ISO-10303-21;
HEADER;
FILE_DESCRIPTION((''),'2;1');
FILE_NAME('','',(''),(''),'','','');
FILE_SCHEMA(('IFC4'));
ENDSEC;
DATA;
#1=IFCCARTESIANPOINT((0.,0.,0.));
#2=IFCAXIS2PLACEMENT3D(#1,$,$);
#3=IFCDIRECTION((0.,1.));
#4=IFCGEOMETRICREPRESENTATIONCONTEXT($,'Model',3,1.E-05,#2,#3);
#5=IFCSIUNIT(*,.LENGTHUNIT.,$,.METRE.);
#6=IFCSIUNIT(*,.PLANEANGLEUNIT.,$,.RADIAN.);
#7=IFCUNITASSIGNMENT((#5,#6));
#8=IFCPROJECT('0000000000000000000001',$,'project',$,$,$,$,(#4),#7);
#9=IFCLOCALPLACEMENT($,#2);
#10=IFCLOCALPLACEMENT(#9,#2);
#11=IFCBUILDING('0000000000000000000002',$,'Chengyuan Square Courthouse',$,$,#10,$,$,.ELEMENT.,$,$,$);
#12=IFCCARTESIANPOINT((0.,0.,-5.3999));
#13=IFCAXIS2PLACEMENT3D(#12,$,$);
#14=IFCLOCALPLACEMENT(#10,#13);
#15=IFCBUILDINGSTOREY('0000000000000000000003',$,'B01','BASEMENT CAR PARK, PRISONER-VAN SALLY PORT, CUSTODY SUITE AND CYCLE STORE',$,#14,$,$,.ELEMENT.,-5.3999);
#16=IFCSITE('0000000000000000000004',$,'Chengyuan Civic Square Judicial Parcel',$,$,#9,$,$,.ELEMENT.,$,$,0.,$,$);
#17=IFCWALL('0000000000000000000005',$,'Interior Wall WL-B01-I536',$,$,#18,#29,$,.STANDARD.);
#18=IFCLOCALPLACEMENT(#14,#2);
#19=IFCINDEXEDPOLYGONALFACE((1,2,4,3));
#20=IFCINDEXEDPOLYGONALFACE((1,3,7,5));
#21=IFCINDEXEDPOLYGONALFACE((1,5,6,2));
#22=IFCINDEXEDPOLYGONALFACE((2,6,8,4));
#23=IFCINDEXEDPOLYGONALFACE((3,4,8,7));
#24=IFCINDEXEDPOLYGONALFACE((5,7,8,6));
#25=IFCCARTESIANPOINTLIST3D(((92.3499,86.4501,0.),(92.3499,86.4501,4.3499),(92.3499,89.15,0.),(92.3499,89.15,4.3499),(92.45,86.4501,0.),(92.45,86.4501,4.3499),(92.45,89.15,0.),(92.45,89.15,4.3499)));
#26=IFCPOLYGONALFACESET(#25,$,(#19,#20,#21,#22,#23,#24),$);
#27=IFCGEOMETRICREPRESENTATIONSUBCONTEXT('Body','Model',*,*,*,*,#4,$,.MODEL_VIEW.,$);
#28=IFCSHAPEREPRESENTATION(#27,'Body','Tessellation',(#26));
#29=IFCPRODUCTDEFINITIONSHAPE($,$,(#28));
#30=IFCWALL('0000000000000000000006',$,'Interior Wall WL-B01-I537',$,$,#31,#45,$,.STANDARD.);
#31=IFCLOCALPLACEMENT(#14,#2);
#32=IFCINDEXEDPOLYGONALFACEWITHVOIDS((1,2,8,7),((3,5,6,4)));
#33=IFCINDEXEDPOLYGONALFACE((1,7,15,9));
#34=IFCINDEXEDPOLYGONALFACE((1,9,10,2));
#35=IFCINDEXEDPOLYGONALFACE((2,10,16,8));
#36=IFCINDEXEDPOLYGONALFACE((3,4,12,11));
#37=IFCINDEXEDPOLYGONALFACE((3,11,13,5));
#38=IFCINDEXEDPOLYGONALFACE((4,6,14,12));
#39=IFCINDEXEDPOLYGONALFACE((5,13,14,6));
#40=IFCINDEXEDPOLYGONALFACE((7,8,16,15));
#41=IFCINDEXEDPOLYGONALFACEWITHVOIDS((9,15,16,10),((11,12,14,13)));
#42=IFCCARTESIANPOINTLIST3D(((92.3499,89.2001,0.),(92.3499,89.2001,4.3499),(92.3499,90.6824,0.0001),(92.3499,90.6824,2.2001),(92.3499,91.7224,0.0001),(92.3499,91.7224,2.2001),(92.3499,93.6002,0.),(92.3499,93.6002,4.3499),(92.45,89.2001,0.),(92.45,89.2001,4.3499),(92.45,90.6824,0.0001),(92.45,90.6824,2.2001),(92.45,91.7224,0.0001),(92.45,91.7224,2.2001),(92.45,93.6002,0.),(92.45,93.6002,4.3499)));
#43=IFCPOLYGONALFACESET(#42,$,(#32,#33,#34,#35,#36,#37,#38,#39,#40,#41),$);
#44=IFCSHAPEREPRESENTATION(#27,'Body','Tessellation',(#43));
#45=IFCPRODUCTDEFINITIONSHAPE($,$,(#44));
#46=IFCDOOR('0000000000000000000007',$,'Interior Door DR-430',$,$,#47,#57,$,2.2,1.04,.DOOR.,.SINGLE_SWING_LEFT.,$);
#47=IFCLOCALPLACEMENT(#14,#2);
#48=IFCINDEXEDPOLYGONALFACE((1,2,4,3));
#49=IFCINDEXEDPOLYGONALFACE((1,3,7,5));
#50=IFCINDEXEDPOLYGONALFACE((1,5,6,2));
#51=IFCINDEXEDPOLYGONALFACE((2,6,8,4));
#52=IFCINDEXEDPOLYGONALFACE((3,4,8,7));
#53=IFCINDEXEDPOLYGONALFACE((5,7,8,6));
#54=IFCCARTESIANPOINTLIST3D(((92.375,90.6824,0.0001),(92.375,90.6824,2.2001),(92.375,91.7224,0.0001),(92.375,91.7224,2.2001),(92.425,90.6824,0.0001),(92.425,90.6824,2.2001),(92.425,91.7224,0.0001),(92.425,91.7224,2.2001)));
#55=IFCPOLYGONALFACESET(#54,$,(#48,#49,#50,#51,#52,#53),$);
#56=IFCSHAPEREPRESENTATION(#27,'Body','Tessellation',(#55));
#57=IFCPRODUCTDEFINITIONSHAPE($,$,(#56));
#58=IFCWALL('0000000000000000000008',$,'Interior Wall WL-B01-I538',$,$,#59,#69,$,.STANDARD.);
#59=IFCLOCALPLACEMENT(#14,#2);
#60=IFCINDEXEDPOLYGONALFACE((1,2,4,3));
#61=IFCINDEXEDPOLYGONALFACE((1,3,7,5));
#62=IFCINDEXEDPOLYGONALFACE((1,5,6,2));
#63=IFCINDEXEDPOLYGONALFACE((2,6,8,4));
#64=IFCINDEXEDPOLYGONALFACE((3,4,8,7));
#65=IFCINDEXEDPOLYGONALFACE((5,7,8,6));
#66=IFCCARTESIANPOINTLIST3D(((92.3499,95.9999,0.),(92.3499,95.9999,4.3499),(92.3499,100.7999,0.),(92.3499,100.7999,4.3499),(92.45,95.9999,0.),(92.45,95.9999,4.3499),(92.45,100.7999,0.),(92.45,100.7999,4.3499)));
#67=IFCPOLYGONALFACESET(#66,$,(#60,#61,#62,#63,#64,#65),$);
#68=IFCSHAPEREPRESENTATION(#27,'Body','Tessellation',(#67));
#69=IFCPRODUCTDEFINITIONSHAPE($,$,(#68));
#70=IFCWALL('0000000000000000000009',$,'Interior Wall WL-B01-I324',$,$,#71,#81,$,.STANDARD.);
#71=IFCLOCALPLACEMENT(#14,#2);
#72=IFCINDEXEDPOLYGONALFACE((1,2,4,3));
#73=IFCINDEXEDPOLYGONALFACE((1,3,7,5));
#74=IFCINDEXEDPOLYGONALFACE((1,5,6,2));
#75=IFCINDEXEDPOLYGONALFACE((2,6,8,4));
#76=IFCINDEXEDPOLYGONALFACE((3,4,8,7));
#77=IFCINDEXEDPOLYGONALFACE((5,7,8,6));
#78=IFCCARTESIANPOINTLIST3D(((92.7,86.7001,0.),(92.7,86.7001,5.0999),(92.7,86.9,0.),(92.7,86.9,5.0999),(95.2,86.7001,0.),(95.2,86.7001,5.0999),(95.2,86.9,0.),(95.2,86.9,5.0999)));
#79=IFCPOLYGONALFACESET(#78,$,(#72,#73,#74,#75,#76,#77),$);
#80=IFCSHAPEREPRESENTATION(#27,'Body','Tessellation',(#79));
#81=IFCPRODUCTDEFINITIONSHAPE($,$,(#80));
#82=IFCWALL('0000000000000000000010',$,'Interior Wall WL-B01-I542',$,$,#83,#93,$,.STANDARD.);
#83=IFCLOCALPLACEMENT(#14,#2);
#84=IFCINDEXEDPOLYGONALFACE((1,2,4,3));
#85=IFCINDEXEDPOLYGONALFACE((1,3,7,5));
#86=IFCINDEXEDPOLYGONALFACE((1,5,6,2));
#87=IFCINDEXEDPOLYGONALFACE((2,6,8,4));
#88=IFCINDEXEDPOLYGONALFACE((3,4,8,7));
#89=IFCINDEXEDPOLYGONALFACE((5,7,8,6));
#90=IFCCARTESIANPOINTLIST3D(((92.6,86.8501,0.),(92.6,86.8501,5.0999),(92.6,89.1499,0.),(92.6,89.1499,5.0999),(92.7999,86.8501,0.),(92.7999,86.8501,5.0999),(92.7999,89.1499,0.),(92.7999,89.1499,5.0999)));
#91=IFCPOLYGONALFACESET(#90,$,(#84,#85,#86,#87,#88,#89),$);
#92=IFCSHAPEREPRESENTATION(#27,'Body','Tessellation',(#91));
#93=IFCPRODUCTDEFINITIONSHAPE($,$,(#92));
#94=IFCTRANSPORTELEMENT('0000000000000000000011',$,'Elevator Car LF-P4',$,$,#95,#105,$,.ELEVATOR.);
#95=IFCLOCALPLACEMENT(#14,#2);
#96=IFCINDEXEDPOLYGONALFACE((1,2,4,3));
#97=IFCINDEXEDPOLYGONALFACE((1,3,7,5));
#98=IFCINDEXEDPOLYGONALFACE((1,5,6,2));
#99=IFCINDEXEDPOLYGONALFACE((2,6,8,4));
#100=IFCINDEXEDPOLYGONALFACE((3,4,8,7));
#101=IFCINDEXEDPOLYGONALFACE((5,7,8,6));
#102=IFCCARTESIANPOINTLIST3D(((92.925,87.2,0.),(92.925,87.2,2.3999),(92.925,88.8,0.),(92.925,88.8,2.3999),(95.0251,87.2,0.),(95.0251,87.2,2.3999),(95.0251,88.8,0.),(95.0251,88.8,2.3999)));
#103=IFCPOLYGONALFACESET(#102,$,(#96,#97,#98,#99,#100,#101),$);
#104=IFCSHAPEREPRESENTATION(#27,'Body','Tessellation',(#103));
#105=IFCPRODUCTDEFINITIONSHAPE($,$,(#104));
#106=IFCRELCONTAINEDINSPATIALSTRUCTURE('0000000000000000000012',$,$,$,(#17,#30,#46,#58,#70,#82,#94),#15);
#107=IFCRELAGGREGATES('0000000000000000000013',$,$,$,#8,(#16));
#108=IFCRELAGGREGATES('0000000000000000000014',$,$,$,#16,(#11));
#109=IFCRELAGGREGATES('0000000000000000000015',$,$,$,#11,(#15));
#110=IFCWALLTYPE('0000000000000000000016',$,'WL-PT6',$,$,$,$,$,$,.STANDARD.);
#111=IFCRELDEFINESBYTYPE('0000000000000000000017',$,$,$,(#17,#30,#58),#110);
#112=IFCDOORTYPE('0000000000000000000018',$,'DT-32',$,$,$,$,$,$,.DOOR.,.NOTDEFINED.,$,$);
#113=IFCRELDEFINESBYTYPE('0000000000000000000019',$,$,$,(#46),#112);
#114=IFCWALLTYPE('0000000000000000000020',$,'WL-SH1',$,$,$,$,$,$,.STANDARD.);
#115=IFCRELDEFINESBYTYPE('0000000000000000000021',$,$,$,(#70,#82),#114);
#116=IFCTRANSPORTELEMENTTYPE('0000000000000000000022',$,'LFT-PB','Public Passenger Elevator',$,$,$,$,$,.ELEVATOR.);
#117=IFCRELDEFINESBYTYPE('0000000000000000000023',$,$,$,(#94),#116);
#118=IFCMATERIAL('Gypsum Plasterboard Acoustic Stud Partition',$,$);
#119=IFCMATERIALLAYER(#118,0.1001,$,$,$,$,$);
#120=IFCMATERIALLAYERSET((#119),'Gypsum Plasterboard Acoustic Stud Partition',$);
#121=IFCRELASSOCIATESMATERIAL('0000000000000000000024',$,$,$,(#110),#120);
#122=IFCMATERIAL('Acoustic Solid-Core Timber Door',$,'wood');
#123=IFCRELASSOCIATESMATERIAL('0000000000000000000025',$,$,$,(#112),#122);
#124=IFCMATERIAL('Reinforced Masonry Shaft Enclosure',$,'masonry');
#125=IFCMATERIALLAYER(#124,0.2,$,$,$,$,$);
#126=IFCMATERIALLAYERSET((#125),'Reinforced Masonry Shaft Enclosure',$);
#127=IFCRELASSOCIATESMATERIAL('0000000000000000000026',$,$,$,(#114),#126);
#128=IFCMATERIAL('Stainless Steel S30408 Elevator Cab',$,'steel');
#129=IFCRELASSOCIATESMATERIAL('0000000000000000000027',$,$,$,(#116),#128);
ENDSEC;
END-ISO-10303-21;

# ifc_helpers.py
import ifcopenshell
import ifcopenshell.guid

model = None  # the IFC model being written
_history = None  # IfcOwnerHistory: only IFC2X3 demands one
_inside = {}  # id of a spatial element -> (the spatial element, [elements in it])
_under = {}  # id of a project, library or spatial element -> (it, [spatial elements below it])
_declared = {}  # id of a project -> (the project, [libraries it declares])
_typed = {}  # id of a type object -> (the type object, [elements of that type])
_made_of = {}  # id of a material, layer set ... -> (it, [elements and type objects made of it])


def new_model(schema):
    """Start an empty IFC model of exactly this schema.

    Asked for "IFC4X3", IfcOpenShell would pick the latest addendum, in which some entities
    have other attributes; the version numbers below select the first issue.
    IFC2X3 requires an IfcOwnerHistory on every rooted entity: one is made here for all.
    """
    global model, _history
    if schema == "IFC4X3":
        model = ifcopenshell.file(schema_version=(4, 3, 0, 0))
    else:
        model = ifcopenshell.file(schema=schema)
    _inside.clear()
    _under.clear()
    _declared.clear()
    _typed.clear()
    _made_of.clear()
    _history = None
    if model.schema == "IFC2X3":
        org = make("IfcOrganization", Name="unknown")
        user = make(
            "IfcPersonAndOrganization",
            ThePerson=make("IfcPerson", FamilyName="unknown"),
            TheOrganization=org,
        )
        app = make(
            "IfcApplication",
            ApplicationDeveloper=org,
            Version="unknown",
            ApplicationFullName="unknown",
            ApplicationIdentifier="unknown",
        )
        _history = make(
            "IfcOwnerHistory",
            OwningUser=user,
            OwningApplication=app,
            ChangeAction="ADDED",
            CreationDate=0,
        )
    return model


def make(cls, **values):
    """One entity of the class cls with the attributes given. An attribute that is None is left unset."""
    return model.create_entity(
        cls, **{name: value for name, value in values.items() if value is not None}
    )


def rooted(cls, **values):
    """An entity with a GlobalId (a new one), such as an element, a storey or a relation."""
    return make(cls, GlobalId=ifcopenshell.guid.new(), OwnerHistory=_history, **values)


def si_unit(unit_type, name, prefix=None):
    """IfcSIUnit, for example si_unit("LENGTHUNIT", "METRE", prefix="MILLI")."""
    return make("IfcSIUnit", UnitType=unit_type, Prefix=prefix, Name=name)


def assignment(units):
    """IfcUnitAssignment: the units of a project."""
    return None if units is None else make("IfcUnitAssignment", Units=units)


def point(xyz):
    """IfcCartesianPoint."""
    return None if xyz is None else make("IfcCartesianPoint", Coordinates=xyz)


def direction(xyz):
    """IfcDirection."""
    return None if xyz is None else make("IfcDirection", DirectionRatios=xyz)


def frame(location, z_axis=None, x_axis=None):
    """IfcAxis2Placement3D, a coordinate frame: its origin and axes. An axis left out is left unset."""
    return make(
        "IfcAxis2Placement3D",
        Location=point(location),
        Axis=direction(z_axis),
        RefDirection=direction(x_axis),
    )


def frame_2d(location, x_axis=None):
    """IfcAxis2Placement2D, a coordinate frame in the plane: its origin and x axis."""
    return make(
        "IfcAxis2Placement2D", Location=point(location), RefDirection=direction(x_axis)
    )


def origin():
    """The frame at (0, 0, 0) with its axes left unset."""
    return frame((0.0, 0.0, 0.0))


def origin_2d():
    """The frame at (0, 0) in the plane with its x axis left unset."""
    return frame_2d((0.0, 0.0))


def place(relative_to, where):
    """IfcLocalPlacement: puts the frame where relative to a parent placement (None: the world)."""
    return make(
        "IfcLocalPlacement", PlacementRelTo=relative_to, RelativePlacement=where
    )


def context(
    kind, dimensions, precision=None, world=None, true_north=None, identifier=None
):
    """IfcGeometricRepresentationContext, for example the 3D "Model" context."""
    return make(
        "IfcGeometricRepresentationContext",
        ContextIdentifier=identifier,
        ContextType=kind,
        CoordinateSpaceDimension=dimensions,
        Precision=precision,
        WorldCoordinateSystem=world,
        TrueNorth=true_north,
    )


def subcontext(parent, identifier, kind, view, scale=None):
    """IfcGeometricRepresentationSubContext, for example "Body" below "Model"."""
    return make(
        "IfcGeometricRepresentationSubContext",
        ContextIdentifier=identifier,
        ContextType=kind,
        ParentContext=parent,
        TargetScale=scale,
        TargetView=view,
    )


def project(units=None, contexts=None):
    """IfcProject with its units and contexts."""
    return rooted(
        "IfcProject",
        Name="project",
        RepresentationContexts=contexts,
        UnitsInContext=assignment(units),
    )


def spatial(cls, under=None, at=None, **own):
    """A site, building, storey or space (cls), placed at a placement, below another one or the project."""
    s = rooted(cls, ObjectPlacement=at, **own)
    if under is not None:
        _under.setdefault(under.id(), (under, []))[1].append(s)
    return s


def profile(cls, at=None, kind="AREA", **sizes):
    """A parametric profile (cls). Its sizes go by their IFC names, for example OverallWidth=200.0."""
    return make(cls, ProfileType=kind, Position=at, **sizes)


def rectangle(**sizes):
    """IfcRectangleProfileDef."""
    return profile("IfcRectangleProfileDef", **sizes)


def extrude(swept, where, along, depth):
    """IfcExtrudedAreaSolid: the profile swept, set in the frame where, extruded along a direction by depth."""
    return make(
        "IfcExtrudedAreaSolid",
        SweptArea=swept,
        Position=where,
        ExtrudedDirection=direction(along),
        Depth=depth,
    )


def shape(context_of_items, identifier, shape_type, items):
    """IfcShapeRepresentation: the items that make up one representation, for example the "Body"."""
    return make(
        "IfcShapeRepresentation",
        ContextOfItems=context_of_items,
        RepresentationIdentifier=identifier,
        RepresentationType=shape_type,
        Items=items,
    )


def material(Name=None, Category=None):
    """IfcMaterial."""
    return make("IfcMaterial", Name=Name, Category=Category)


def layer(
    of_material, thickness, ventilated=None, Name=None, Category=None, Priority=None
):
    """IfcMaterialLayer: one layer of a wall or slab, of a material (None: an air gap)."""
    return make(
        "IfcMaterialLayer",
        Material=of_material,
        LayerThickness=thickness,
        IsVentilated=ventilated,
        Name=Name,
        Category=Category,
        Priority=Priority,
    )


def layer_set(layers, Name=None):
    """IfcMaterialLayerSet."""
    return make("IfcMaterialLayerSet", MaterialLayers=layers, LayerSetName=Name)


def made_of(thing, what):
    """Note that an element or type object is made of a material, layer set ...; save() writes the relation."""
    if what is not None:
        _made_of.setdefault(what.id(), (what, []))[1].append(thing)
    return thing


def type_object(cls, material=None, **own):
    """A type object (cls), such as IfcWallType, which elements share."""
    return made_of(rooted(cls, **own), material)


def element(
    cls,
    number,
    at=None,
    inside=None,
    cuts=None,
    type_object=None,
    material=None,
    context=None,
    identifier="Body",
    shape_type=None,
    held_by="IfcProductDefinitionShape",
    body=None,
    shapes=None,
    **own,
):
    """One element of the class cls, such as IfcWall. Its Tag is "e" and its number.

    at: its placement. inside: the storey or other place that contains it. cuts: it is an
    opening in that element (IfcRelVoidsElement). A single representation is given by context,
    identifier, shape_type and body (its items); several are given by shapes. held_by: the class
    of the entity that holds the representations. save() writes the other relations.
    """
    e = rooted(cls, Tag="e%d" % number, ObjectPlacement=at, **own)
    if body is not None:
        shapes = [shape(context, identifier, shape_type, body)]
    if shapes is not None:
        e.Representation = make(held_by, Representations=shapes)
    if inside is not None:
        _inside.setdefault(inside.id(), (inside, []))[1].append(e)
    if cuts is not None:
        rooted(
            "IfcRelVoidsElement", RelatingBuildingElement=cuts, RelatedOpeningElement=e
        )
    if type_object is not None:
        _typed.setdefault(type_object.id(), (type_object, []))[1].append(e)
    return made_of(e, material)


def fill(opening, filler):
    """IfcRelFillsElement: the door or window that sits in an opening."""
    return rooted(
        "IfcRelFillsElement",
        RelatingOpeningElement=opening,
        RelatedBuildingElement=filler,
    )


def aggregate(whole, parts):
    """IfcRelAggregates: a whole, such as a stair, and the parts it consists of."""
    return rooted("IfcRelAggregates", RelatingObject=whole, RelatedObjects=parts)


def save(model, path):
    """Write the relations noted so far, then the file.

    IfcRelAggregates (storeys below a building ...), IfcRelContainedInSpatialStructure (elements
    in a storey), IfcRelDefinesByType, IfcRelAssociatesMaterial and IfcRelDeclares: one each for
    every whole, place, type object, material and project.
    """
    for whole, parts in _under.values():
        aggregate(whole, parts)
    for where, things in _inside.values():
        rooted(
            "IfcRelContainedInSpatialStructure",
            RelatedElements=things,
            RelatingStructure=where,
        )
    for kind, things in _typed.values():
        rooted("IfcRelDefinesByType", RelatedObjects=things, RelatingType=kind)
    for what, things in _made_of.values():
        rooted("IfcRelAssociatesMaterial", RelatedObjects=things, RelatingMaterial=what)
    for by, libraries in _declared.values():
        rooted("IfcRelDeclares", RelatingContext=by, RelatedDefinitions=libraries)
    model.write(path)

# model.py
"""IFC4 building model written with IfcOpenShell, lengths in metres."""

from ifc_helpers import new_model, si_unit, direction, frame, frame_2d, origin, origin_2d, place, context, subcontext, project, spatial, rectangle, extrude, material, layer, layer_set, type_object, element, fill, save


model = new_model("IFC4")

# Units and contexts
model_context = context("Model", 3, precision=1e-05, world=origin(), true_north=direction((0.0, 1.0)))
body_context = subcontext(model_context, "Body", "Model", "MODEL_VIEW")
ifc_project = project(units=[si_unit("LENGTHUNIT", "METRE"), si_unit("PLANEANGLEUNIT", "RADIAN")], contexts=[model_context])

# Site, building, storey
site_placement = place(None, origin())
site = spatial("IfcSite", under=ifc_project, at=site_placement, Name="Chengyuan Civic Square Judicial Parcel", CompositionType="ELEMENT", RefElevation=0.0)
building_placement = place(site_placement, origin())
building = spatial("IfcBuilding", under=site, at=building_placement, Name="Chengyuan Square Courthouse", CompositionType="ELEMENT")
storey_placement = place(building_placement, frame((0.0, 0.0, -5.3999)))
storey = spatial("IfcBuildingStorey", under=building, at=storey_placement, Name="B01", Description="BASEMENT CAR PARK, PRISONER-VAN SALLY PORT, CUSTODY SUITE AND CYCLE STORE", CompositionType="ELEMENT", Elevation=-5.3999)

# Shared definitions
ifc_material_1 = material(Name="Gypsum Plasterboard Acoustic Stud Partition")
ifc_layer_1 = layer(ifc_material_1, 0.1001)
ifc_layer_set_1 = layer_set([ifc_layer_1], Name="Gypsum Plasterboard Acoustic Stud Partition")
wall_type_1 = type_object("IfcWallType", Name="WL-PT6", PredefinedType="STANDARD", material=ifc_layer_set_1)
ifc_material_2 = material(Name="Acoustic Solid-Core Timber Door", Category="wood")

# Wall
wall_1_placement = place(storey_placement, frame((92.3999, 86.45, 0.0), z_axis=(0.0, 0.0, 1.0), x_axis=(0.0, 1.0, 0.0)))
element("IfcWall", 1, at=wall_1_placement, inside=storey, type_object=wall_type_1, Name="Interior Wall WL-B01-I536", PredefinedType="STANDARD", context=body_context, shape_type="SweptSolid", body=[
    extrude(rectangle(XDim=2.7, YDim=0.1001, at=frame_2d((1.3501, 0.0))), origin(), (0.0, 0.0, 1.0), 4.3499),
])

# Wall, opening, door
wall_2_placement = place(storey_placement, frame((92.3999, 89.2, 0.0), z_axis=(0.0, 0.0, 1.0), x_axis=(0.0, 1.0, 0.0)))
wall_2 = element("IfcWall", 2, at=wall_2_placement, inside=storey, type_object=wall_type_1, Name="Interior Wall WL-B01-I537", PredefinedType="STANDARD", context=body_context, shape_type="SweptSolid", body=[
    extrude(rectangle(XDim=4.4001, YDim=0.1001, at=frame_2d((2.2002, 0.0))), origin(), (0.0, 0.0, 1.0), 4.3499),
])
opening_1_placement = place(wall_2_placement, frame((1.4824, 0.0, 0.0)))
opening_1 = element("IfcOpeningElement", 3, at=opening_1_placement, cuts=wall_2, PredefinedType="OPENING", context=body_context, shape_type="SweptSolid", body=[
    extrude(rectangle(XDim=1.04, YDim=2.2, at=frame_2d((0.52, 1.1001))), frame((0.0, 0.062, 0.0), z_axis=(0.0, -1.0, 0.0), x_axis=(1.0, 0.0, 0.0)), (0.0, 0.0, 1.0), 0.124),
])
door_type_1 = type_object("IfcDoorType", Name="DT-32", OperationType="NOTDEFINED", PredefinedType="DOOR", material=ifc_material_2)
door_1_placement = place(opening_1_placement, origin())
door_1 = element("IfcDoor", 4, at=door_1_placement, inside=storey, type_object=door_type_1, Name="Interior Door DR-430", OperationType="SINGLE_SWING_LEFT", OverallHeight=2.2, OverallWidth=1.04, PredefinedType="DOOR", context=body_context, shape_type="SweptSolid", body=[
    extrude(rectangle(XDim=1.04, YDim=2.2, at=frame_2d((0.52, 1.1001))), frame((0.0, 0.0249, 0.0), z_axis=(0.0, -1.0, 0.0), x_axis=(1.0, 0.0, 0.0)), (0.0, 0.0, 1.0), 0.05),
])
fill(opening_1, door_1)

# Walls
wall_3_placement = place(storey_placement, frame((92.3999, 96.0, 0.0), z_axis=(0.0, 0.0, 1.0), x_axis=(0.0, 1.0, 0.0)))
element("IfcWall", 5, at=wall_3_placement, inside=storey, type_object=wall_type_1, Name="Interior Wall WL-B01-I538", PredefinedType="STANDARD", context=body_context, shape_type="SweptSolid", body=[
    extrude(rectangle(XDim=4.8, YDim=0.1001, at=frame_2d((2.3999, 0.0))), origin(), (0.0, 0.0, 1.0), 4.3499),
])
ifc_material_3 = material(Name="Reinforced Masonry Shaft Enclosure", Category="masonry")
ifc_layer_2 = layer(ifc_material_3, 0.2)
ifc_layer_set_2 = layer_set([ifc_layer_2], Name="Reinforced Masonry Shaft Enclosure")
wall_type_2 = type_object("IfcWallType", Name="WL-SH1", PredefinedType="STANDARD", material=ifc_layer_set_2)
wall_4_placement = place(storey_placement, frame((92.7, 86.8, 0.0), z_axis=(0.0, 0.0, 1.0), x_axis=(1.0, 0.0, 0.0)))
element("IfcWall", 6, at=wall_4_placement, inside=storey, type_object=wall_type_2, Name="Interior Wall WL-B01-I324", PredefinedType="STANDARD", context=body_context, shape_type="SweptSolid", body=[
    extrude(rectangle(XDim=2.5, YDim=0.2, at=frame_2d((1.25, 0.0))), origin(), (0.0, 0.0, 1.0), 5.0999),
])

# Wall
wall_5_placement = place(storey_placement, frame((92.7, 86.8501, 0.0), z_axis=(0.0, 0.0, 1.0), x_axis=(0.0, 1.0, 0.0)))
element("IfcWall", 7, at=wall_5_placement, inside=storey, type_object=wall_type_2, Name="Interior Wall WL-B01-I542", PredefinedType="STANDARD", context=body_context, shape_type="SweptSolid", body=[
    extrude(rectangle(XDim=2.2998, YDim=0.2, at=frame_2d((1.1499, 0.0))), origin(), (0.0, 0.0, 1.0), 5.0999),
])

# Transport element
ifc_material_4 = material(Name="Stainless Steel S30408 Elevator Cab", Category="steel")
transport_element_type = type_object("IfcTransportElementType", Name="LFT-PB", Description="Public Passenger Elevator", PredefinedType="ELEVATOR", material=ifc_material_4)
transport_element_placement = place(storey_placement, frame((93.9751, 88.0, 0.0), z_axis=(0.0, 0.0, 1.0), x_axis=(1.0, 0.0, 0.0)))
element("IfcTransportElement", 8, at=transport_element_placement, inside=storey, type_object=transport_element_type, Name="Elevator Car LF-P4", PredefinedType="ELEVATOR", context=body_context, shape_type="SweptSolid", body=[
    extrude(rectangle(XDim=2.1001, YDim=1.6001, at=origin_2d()), origin(), (0.0, 0.0, 1.0), 2.3999),
])

save(model, "model.ifc")
